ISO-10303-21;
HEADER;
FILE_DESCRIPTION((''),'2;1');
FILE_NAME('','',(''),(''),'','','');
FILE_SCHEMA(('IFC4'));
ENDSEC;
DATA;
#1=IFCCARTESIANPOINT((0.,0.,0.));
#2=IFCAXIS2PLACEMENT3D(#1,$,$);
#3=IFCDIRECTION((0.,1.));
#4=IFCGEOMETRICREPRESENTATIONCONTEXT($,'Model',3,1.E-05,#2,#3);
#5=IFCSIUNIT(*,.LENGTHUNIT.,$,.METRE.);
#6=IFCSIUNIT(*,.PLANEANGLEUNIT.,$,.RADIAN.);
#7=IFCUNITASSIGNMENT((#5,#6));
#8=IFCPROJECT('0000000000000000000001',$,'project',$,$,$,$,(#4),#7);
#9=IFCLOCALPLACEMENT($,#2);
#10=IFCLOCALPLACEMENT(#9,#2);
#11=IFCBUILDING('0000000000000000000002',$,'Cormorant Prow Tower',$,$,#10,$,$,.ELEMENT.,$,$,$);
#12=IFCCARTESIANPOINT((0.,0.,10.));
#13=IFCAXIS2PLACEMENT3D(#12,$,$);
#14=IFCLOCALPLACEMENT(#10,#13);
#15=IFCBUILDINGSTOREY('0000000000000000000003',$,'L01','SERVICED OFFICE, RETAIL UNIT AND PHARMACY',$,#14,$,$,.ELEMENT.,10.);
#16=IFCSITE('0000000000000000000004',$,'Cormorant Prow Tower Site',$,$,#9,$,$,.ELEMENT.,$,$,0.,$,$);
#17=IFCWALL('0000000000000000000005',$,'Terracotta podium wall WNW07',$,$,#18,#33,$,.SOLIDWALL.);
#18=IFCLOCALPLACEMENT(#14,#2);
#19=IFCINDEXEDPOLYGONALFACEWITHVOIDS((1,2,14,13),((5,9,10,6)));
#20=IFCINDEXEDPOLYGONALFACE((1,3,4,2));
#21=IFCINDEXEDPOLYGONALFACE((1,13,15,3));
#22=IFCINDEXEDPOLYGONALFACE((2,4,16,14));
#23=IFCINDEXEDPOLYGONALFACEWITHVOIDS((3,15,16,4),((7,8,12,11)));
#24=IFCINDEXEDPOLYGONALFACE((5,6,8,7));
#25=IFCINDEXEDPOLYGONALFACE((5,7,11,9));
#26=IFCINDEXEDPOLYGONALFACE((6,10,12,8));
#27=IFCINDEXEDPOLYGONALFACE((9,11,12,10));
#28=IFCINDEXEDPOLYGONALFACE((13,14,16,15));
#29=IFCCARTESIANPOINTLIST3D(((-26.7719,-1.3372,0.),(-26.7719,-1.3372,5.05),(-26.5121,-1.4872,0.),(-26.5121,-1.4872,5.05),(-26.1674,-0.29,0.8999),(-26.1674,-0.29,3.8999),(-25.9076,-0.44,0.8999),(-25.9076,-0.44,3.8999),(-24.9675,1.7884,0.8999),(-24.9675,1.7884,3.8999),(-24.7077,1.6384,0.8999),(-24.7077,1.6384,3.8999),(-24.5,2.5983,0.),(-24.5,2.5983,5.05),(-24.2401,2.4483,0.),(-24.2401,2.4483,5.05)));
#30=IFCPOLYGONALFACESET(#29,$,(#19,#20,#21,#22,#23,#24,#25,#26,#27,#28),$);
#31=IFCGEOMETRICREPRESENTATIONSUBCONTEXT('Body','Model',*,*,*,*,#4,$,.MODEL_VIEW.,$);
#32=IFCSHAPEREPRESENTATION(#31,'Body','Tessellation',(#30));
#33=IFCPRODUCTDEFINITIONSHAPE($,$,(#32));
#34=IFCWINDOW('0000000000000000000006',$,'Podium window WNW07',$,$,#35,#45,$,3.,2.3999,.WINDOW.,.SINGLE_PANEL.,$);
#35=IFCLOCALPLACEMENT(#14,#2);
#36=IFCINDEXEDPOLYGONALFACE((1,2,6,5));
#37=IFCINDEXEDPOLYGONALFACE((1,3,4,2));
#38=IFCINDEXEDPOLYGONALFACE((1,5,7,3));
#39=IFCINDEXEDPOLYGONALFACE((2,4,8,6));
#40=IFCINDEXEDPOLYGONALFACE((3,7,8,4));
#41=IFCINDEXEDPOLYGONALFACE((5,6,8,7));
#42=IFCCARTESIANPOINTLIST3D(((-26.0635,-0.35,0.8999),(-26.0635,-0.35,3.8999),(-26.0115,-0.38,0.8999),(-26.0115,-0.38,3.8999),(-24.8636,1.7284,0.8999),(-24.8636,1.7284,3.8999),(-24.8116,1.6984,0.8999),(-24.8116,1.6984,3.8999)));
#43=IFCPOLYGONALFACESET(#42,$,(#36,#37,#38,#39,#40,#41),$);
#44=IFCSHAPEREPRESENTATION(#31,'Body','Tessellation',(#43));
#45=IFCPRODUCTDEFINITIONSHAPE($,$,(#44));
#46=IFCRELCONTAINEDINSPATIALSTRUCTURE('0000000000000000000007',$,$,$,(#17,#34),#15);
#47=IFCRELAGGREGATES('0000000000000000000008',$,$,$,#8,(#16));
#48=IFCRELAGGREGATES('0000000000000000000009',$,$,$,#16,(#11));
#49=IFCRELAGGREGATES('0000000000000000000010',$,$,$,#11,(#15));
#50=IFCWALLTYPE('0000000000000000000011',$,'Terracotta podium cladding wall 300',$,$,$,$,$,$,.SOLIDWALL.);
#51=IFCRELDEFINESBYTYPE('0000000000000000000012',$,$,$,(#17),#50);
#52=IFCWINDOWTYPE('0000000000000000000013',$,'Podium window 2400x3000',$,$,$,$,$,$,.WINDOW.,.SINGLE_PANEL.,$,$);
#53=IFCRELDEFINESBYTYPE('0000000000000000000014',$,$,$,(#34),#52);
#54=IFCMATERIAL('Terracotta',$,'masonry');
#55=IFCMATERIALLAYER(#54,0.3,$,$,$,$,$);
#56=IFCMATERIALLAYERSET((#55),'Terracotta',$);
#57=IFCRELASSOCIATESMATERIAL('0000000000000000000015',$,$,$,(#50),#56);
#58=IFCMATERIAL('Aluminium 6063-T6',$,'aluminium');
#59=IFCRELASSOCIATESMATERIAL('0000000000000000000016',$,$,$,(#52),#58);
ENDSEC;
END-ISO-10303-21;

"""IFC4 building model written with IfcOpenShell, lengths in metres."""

from ifc_helpers import new_model, si_unit, direction, frame, frame_2d, origin, place, context, subcontext, project, spatial, rectangle, extrude, material, layer, layer_set, type_object, element, fill, save


model = new_model("IFC4")

# Units and contexts
model_context = context("Model", 3, precision=1e-05, world=origin(), true_north=direction((0.0, 1.0)))
body_context = subcontext(model_context, "Body", "Model", "MODEL_VIEW")
ifc_project = project(units=[si_unit("LENGTHUNIT", "METRE"), si_unit("PLANEANGLEUNIT", "RADIAN")], contexts=[model_context])

# Site, building, storey
site_placement = place(None, origin())
site = spatial("IfcSite", under=ifc_project, at=site_placement, Name="Cormorant Prow Tower Site", CompositionType="ELEMENT", RefElevation=0.0)
building_placement = place(site_placement, origin())
building = spatial("IfcBuilding", under=site, at=building_placement, Name="Cormorant Prow Tower", CompositionType="ELEMENT")
storey_placement = place(building_placement, frame((0.0, 0.0, 10.0)))
storey = spatial("IfcBuildingStorey", under=building, at=storey_placement, Name="L01", Description="SERVICED OFFICE, RETAIL UNIT AND PHARMACY", CompositionType="ELEMENT", Elevation=10.0)

# Wall, opening, window
ifc_material_1 = material(Name="Terracotta", Category="masonry")
ifc_layer_1 = layer(ifc_material_1, 0.3)
ifc_layer_set_1 = layer_set([ifc_layer_1], Name="Terracotta")
wall_type_1 = type_object("IfcWallType", Name="Terracotta podium cladding wall 300", PredefinedType="SOLIDWALL", material=ifc_layer_set_1)
ifc_material_2 = material(Name="Aluminium 6063-T6", Category="aluminium")
window_type = type_object("IfcWindowType", Name="Podium window 2400x3000", PartitioningType="SINGLE_PANEL", PredefinedType="WINDOW", material=ifc_material_2)
wall_1_placement = place(storey_placement, frame((-24.3701, 2.5232, 0.0), z_axis=(0.0, 0.0, 1.0), x_axis=(-0.499964, -0.866046, 0.0)))
wall_1 = element("IfcWall", 1, at=wall_1_placement, inside=storey, type_object=wall_type_1, Name="Terracotta podium wall WNW07", PredefinedType="SOLIDWALL", context=body_context, shape_type="SweptSolid", body=[
    extrude(rectangle(XDim=4.5442, YDim=0.3, at=frame_2d((2.272, 0.0))), origin(), (0.0, 0.0, 1.0), 5.05),
])
opening_1_placement = place(wall_1_placement, frame((0.9351, 0.0, 0.8999)))
opening_1 = element("IfcOpeningElement", 2, at=opening_1_placement, cuts=wall_1, PredefinedType="OPENING", context=body_context, shape_type="SweptSolid", body=[
    extrude(rectangle(XDim=2.3999, YDim=3.0, at=frame_2d((1.2, 1.5))), frame((0.0, 0.1599, 0.0), z_axis=(0.0, -1.0, 0.0), x_axis=(1.0, 0.0, 0.0)), (0.0, 0.0, 1.0), 0.3201),
])
window_1_placement = place(opening_1_placement, origin())
window_1 = element("IfcWindow", 3, at=window_1_placement, inside=storey, type_object=window_type, Name="Podium window WNW07", OverallHeight=3.0, OverallWidth=2.3999, PartitioningType="SINGLE_PANEL", PredefinedType="WINDOW", context=body_context, shape_type="SweptSolid", body=[
    extrude(rectangle(XDim=2.3999, YDim=3.0, at=frame_2d((1.2, 1.5))), frame((0.0, 0.03, 0.0), z_axis=(0.0, -1.0, 0.0), x_axis=(1.0, 0.0, 0.0)), (0.0, 0.0, 1.0), 0.0601),
])
fill(opening_1, window_1)

save(model, "model.ifc")
